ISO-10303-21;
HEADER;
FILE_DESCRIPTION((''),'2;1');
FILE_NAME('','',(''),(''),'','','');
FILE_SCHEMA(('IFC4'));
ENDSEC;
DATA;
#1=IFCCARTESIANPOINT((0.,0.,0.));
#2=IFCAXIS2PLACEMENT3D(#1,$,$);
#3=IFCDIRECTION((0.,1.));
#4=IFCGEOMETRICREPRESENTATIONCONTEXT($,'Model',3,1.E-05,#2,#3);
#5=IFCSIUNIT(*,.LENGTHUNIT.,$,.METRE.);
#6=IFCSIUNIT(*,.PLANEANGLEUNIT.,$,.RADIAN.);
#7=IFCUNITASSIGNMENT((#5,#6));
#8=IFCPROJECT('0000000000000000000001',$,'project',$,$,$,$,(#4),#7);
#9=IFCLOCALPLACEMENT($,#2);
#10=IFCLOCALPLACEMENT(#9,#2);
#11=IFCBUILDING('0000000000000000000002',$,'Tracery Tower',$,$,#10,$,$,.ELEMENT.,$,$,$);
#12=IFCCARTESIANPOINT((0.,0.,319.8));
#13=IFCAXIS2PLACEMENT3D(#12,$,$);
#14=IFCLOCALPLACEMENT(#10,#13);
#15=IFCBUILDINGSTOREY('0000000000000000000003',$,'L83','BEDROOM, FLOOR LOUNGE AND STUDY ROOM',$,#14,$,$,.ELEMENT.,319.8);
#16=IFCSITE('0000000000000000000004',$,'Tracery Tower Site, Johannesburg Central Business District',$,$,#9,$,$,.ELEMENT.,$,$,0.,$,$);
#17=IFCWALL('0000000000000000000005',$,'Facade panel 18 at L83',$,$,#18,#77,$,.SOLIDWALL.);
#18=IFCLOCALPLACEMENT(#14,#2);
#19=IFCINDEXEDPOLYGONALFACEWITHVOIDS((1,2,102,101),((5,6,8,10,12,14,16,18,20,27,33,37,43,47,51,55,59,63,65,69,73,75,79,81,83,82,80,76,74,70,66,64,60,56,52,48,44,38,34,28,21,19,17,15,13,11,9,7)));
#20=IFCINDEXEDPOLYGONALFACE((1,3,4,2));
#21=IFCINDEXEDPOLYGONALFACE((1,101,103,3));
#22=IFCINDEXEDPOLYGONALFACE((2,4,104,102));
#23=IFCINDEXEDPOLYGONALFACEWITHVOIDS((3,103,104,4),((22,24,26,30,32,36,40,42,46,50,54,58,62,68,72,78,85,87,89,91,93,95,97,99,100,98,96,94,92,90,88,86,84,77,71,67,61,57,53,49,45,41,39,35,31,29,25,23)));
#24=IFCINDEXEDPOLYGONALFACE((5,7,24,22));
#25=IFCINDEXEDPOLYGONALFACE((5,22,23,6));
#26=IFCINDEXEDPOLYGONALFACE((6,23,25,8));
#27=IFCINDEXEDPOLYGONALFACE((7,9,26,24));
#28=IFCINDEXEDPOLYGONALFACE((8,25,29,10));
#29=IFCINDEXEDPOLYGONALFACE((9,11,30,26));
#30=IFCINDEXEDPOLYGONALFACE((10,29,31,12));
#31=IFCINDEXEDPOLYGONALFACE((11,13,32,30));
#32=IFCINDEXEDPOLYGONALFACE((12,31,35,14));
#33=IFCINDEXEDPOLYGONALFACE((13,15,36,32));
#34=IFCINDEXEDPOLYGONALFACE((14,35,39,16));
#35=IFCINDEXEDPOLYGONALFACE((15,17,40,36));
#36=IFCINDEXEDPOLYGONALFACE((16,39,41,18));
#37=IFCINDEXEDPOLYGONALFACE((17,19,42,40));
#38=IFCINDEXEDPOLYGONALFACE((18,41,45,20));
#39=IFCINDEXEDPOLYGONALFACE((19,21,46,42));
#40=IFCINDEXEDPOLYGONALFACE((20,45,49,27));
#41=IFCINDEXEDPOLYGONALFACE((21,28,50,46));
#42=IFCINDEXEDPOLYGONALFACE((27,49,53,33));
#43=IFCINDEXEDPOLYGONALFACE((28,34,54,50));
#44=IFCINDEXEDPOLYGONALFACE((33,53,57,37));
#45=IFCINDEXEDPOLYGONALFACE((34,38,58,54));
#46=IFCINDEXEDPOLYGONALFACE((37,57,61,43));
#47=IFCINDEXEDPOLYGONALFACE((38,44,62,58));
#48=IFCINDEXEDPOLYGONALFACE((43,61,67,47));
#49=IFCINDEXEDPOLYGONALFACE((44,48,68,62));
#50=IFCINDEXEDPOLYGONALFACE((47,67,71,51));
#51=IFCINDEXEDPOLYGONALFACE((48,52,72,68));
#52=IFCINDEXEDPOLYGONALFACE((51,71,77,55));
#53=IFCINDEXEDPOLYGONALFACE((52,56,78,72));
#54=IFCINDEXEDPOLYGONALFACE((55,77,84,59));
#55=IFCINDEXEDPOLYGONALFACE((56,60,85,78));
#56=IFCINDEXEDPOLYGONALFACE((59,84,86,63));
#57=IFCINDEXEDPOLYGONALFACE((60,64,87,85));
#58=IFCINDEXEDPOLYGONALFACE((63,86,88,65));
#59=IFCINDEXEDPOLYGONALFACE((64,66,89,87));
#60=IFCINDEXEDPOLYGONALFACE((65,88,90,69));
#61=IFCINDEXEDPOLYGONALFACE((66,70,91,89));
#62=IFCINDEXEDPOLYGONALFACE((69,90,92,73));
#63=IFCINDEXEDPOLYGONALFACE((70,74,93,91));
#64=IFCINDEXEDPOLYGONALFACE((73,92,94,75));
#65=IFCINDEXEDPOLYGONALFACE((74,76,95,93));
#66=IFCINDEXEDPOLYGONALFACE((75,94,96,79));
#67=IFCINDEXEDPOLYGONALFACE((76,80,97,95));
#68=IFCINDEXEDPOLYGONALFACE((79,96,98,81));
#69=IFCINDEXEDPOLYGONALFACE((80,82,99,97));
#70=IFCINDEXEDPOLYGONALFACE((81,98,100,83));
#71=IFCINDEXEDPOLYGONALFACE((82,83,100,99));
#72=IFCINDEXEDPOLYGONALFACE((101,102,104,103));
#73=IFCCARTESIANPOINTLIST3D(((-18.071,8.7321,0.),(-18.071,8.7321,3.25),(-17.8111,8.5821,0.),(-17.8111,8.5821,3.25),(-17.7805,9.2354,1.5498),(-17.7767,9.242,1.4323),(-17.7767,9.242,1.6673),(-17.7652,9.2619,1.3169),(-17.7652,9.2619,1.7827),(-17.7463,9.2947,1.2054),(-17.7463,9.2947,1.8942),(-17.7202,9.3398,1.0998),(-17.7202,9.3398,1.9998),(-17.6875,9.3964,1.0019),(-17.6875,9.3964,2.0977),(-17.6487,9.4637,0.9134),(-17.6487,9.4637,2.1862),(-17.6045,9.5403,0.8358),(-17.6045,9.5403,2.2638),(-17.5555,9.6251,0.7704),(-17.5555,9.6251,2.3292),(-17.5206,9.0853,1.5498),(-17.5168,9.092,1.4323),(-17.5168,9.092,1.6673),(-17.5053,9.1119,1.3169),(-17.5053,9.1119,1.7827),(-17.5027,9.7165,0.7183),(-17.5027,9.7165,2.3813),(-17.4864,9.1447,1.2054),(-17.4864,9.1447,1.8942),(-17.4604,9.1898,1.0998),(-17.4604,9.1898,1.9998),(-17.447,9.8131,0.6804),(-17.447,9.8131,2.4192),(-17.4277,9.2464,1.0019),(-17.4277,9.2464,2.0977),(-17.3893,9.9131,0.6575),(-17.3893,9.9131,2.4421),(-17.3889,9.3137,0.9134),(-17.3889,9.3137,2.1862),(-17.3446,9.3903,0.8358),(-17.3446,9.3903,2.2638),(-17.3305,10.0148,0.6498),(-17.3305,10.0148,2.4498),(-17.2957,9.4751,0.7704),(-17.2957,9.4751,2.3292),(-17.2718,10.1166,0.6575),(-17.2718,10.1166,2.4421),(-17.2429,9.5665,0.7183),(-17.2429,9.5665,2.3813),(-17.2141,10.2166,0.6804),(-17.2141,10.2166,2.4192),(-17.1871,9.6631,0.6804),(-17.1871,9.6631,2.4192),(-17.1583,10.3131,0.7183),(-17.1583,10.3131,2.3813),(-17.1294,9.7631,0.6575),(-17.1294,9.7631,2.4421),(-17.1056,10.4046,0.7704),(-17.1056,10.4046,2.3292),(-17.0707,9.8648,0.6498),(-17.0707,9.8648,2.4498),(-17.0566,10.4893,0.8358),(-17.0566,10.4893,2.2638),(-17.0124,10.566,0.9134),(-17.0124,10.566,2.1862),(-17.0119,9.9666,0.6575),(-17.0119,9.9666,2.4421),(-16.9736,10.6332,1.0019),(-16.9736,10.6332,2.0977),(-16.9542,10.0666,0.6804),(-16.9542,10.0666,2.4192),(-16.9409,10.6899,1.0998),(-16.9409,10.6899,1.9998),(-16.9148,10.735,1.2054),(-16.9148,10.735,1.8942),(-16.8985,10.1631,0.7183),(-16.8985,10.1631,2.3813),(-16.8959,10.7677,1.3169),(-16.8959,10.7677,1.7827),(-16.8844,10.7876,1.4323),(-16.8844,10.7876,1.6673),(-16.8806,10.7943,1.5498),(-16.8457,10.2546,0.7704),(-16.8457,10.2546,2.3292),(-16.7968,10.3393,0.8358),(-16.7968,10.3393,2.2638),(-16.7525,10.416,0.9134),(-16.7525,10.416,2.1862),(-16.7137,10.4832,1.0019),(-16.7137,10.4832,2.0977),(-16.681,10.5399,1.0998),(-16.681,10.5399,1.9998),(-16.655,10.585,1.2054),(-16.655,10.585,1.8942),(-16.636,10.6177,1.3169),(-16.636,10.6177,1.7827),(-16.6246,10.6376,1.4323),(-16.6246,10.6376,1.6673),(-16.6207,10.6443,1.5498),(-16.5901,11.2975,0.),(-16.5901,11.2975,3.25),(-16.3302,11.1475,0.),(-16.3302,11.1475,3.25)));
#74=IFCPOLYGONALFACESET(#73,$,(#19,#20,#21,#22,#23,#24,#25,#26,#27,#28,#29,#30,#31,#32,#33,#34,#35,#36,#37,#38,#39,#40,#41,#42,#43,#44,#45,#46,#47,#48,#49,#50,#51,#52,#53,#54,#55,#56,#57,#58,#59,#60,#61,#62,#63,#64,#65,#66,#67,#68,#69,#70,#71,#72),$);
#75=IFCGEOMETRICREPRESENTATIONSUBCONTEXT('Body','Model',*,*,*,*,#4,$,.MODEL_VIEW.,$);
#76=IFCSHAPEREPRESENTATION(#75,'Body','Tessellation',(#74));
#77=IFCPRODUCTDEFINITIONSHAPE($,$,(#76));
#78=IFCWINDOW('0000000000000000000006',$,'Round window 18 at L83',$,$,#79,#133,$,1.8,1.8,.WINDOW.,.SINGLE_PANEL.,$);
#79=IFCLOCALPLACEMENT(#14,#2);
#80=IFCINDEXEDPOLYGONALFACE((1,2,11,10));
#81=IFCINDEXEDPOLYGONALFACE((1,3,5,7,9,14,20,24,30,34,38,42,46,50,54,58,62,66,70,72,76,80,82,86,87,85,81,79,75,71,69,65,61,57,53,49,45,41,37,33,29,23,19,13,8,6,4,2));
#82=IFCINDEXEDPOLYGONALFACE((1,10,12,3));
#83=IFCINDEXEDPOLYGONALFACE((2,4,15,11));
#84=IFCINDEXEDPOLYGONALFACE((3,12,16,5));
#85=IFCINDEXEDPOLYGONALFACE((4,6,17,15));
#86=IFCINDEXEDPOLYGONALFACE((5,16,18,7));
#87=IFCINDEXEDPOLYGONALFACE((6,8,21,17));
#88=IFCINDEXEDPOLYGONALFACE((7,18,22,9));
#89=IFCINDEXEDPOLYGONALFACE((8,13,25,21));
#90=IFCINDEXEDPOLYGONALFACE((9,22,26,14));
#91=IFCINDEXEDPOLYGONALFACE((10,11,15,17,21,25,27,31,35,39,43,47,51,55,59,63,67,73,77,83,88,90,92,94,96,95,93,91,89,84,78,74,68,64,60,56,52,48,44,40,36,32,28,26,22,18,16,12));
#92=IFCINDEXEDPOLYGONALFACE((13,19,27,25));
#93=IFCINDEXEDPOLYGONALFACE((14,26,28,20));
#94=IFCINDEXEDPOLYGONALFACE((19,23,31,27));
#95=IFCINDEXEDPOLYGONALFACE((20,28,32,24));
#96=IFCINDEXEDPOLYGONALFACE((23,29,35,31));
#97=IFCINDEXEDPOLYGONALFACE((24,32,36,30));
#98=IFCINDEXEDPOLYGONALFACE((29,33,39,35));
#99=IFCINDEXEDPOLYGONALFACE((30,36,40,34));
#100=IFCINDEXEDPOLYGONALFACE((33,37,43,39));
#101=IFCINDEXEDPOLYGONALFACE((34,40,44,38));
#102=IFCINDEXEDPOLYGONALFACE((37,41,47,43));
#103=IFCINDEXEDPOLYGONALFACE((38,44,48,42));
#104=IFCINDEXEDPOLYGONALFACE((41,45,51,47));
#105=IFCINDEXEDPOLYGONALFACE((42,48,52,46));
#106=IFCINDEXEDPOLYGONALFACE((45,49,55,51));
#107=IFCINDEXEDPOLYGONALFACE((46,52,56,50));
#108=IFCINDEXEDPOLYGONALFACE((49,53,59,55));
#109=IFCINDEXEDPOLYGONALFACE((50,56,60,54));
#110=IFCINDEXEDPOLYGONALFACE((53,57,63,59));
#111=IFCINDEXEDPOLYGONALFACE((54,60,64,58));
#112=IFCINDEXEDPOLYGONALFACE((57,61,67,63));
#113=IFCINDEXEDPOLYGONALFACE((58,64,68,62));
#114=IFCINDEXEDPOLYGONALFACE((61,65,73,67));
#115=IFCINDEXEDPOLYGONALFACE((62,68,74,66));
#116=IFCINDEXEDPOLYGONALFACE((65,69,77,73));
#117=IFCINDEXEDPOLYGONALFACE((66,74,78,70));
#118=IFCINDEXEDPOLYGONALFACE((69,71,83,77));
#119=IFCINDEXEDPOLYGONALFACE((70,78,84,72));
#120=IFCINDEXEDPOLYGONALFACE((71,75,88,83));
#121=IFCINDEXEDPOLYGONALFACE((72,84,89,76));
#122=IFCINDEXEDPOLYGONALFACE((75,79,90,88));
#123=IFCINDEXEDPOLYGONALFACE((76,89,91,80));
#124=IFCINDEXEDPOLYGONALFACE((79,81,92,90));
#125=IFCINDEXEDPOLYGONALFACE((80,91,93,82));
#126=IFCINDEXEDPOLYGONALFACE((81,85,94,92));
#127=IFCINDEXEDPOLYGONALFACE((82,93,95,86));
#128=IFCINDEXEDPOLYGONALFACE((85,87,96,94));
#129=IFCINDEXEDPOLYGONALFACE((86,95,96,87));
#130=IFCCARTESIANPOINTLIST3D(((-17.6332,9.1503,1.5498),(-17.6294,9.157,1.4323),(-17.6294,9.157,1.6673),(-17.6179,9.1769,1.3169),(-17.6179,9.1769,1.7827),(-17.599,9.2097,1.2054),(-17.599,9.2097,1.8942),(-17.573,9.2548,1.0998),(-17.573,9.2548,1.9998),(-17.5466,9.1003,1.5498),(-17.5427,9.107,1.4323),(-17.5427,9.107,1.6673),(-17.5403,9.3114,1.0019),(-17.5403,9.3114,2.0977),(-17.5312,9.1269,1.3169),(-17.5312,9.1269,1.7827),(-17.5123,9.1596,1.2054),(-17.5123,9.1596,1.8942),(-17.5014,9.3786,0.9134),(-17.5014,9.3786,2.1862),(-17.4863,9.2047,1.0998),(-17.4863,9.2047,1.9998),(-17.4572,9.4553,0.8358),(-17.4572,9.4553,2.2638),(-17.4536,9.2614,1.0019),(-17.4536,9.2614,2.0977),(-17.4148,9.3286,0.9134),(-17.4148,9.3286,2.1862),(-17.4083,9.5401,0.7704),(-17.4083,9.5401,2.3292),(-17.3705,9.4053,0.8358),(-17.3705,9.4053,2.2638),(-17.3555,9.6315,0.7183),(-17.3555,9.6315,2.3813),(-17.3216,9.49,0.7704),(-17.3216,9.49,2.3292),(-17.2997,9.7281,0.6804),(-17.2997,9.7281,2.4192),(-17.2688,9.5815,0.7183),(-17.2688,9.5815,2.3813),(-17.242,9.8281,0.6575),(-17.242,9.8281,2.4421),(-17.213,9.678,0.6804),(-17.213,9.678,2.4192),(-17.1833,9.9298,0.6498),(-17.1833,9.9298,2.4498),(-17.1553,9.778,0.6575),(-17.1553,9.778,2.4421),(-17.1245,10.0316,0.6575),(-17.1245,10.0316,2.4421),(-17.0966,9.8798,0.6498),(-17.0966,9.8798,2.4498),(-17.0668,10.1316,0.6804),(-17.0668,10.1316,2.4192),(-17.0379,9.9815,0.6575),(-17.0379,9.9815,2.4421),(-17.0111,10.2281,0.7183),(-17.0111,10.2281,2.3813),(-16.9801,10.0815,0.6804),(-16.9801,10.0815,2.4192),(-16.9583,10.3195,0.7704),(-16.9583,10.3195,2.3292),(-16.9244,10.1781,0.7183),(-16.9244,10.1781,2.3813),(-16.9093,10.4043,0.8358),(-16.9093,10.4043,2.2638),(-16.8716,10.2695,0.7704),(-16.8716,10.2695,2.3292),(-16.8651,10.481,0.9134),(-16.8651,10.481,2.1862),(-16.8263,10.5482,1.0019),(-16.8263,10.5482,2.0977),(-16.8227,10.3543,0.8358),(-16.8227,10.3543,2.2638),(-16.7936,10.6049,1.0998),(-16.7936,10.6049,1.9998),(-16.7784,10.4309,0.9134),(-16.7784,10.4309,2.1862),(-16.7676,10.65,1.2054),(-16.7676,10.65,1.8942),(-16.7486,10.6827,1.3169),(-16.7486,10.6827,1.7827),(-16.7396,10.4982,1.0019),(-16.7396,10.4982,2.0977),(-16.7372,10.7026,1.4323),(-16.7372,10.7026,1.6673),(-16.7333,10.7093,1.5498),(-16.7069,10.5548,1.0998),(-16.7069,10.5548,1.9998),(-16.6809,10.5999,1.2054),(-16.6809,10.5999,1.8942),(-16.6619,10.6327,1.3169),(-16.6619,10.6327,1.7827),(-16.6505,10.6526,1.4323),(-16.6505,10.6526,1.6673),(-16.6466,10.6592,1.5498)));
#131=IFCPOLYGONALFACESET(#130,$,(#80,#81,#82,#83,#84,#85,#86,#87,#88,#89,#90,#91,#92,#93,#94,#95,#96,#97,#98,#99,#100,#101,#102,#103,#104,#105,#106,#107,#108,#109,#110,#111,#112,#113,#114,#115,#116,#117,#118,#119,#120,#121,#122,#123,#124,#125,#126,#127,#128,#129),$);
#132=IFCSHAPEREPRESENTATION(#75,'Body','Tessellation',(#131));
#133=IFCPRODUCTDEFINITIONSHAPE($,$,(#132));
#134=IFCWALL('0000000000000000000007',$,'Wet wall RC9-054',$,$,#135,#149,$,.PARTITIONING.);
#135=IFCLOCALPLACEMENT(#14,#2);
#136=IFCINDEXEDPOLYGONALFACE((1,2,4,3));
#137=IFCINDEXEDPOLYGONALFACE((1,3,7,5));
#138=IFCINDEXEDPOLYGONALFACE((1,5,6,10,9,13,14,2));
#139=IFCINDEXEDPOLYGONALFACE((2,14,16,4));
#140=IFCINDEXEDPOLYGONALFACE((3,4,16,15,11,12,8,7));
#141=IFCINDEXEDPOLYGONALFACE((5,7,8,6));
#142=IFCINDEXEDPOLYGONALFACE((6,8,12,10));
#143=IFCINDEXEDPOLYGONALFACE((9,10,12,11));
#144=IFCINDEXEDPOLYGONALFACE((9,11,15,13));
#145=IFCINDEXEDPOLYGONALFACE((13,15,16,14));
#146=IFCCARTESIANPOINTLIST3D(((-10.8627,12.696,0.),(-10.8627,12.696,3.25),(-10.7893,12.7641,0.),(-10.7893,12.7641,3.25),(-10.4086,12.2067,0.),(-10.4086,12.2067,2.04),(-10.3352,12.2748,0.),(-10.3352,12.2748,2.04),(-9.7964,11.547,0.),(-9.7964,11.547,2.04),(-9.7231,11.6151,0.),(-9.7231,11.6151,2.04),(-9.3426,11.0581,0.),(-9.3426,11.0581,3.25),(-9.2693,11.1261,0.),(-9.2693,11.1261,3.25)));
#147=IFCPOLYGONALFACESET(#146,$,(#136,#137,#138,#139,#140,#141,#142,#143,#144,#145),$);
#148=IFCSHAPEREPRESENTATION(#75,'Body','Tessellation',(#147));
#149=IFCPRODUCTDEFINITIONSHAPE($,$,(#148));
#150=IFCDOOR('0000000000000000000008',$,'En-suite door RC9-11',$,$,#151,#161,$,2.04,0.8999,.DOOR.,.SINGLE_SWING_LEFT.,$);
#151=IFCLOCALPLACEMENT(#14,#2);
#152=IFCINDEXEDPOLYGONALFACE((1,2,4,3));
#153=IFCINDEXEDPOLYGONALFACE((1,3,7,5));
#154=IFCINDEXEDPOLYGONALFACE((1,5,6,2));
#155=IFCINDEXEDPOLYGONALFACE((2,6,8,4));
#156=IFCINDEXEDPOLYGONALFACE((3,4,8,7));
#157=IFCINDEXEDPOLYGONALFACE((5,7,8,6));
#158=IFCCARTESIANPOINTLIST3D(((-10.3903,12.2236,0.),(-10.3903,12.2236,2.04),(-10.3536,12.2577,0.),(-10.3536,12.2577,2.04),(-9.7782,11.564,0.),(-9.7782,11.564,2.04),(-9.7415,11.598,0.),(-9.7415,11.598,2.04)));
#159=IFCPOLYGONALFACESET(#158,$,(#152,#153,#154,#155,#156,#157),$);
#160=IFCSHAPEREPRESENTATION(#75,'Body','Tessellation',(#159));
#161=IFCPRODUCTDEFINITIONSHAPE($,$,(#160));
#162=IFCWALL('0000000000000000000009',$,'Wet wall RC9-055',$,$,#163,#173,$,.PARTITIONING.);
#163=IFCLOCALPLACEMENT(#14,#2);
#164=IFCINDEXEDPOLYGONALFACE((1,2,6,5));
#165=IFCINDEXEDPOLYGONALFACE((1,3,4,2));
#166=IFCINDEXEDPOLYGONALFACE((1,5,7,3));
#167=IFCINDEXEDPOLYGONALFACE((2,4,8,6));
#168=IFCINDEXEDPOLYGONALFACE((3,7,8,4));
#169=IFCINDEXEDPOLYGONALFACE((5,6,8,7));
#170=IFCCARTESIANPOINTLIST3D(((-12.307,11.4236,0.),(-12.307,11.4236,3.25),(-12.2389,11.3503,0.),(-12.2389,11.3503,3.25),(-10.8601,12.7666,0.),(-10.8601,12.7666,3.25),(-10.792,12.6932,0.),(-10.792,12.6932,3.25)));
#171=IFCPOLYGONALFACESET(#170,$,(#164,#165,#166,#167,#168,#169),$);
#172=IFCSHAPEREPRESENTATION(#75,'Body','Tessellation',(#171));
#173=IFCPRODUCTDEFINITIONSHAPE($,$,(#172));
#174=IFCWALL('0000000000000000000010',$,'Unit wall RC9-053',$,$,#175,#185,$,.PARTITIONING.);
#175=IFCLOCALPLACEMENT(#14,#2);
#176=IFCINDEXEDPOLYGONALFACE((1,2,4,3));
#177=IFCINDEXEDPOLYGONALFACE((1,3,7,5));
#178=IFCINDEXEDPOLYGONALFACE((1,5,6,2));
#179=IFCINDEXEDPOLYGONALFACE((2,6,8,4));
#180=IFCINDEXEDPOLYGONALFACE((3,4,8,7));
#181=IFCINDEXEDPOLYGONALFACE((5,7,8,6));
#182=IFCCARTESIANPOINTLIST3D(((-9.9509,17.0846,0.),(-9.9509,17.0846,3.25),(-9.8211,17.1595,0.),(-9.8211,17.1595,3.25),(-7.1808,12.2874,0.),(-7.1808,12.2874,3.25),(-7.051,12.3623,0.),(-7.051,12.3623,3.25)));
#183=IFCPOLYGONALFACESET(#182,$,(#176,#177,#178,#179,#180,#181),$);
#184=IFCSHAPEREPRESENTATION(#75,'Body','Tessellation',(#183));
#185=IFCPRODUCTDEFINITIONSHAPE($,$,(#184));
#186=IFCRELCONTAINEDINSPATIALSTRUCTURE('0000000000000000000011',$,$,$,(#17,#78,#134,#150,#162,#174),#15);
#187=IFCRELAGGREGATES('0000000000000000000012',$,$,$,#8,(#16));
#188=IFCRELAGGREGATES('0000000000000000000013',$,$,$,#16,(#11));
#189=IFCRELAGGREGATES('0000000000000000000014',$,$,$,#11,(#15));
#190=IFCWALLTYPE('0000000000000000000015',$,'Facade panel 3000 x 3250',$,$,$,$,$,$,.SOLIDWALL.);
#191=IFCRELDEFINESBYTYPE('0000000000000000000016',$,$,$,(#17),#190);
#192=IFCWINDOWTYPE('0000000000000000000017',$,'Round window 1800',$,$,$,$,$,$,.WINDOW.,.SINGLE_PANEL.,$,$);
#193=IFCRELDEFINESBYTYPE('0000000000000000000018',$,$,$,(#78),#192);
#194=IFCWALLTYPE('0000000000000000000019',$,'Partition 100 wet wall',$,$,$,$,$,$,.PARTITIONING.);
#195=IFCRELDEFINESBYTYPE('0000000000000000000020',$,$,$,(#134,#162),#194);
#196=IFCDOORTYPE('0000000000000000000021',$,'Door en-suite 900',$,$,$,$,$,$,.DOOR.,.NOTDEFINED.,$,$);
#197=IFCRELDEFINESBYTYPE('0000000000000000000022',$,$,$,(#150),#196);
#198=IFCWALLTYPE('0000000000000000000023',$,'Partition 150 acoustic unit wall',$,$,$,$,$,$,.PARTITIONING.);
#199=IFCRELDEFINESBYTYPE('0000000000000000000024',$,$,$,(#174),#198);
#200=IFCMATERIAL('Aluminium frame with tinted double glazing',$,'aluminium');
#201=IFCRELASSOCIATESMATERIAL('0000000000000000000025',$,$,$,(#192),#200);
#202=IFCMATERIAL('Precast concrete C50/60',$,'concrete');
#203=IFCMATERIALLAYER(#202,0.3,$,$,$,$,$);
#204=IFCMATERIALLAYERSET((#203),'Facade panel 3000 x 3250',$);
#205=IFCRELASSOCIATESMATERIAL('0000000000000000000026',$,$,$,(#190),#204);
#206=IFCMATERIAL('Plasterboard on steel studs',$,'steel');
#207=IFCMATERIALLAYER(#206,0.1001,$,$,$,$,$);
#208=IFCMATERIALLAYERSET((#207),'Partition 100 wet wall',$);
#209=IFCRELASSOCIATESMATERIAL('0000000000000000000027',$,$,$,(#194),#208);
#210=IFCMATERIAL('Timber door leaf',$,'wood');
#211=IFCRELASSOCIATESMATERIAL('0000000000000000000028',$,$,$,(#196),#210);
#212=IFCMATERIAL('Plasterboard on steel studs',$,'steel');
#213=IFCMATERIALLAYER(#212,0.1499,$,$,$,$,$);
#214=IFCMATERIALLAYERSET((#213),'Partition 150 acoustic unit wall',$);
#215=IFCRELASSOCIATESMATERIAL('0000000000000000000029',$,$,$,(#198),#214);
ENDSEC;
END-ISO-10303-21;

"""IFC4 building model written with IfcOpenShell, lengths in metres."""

from ifc_helpers import new_model, si_unit, direction, frame, frame_2d, origin, origin_2d, place, context, subcontext, project, spatial, rectangle, circle, extrude, material, layer, layer_set, type_object, element, fill, save


model = new_model("IFC4")

# Units and contexts
model_context = context("Model", 3, precision=1e-05, world=origin(), true_north=direction((0.0, 1.0)))
body_context = subcontext(model_context, "Body", "Model", "MODEL_VIEW")
ifc_project = project(units=[si_unit("LENGTHUNIT", "METRE"), si_unit("PLANEANGLEUNIT", "RADIAN")], contexts=[model_context])

# Site, building, storey
site_placement = place(None, origin())
site = spatial("IfcSite", under=ifc_project, at=site_placement, Name="Tracery Tower Site, Johannesburg Central Business District", CompositionType="ELEMENT", RefElevation=0.0)
building_placement = place(site_placement, origin())
building = spatial("IfcBuilding", under=site, at=building_placement, Name="Tracery Tower", CompositionType="ELEMENT")
storey_placement = place(building_placement, frame((0.0, 0.0, 319.8)))
storey = spatial("IfcBuildingStorey", under=building, at=storey_placement, Name="L83", Description="BEDROOM, FLOOR LOUNGE AND STUDY ROOM", CompositionType="ELEMENT", Elevation=319.8)

# Wall, opening, window
ifc_material_1 = material(Name="Aluminium frame with tinted double glazing", Category="aluminium")
window_type = type_object("IfcWindowType", Name="Round window 1800", PartitioningType="SINGLE_PANEL", PredefinedType="WINDOW", material=ifc_material_1)
ifc_material_2 = material(Name="Precast concrete C50/60", Category="concrete")
ifc_layer_1 = layer(ifc_material_2, 0.3)
ifc_layer_set_1 = layer_set([ifc_layer_1], Name="Facade panel 3000 x 3250")
wall_type_1 = type_object("IfcWallType", Name="Facade panel 3000 x 3250", PredefinedType="SOLIDWALL", material=ifc_layer_set_1)
wall_1_placement = place(storey_placement, frame((-16.4602, 11.2224, 0.0), z_axis=(0.0, 0.0, 1.0), x_axis=(-0.499951, -0.866054, 0.0)))
wall_1 = element("IfcWall", 1, at=wall_1_placement, inside=storey, type_object=wall_type_1, Name="Facade panel 18 at L83", PredefinedType="SOLIDWALL", context=body_context, shape_type="SweptSolid", body=[
    extrude(rectangle(XDim=2.9622, YDim=0.3, at=frame_2d((1.481, 0.0))), origin(), (0.0, 0.0, 1.0), 3.25),
])
opening_1_placement = place(wall_1_placement, frame((1.481, 0.0, 1.5498)))
opening_1 = element("IfcOpeningElement", 2, at=opening_1_placement, cuts=wall_1, PredefinedType="OPENING", context=body_context, shape_type="SweptSolid", body=[
    extrude(circle(Radius=0.9, at=origin_2d()), frame((0.0, 0.1599, 0.0), z_axis=(0.0, -1.0, 0.0), x_axis=(1.0, 0.0, 0.0)), (0.0, 0.0, 1.0), 0.3201),
])
window_1_placement = place(opening_1_placement, origin())
window_1 = element("IfcWindow", 3, at=window_1_placement, inside=storey, type_object=window_type, Name="Round window 18 at L83", OverallHeight=1.8, OverallWidth=1.8, PartitioningType="SINGLE_PANEL", PredefinedType="WINDOW", context=body_context, shape_type="SweptSolid", body=[
    extrude(circle(Radius=0.9, at=origin_2d()), frame((0.0, 0.1201, 0.0), z_axis=(0.0, -1.0, 0.0), x_axis=(1.0, 0.0, 0.0)), (0.0, 0.0, 1.0), 0.1001),
])
fill(opening_1, window_1)

# Wall, opening, door
ifc_material_3 = material(Name="Plasterboard on steel studs", Category="steel")
ifc_layer_2 = layer(ifc_material_3, 0.1001)
ifc_layer_set_2 = layer_set([ifc_layer_2], Name="Partition 100 wet wall")
wall_type_2 = type_object("IfcWallType", Name="Partition 100 wet wall", PredefinedType="PARTITIONING", material=ifc_layer_set_2)
wall_2_placement = place(storey_placement, frame((-10.8259, 12.73, 0.0), z_axis=(0.0, 0.0, 1.0), x_axis=(0.680229, -0.733, 0.0)))
wall_2 = element("IfcWall", 4, at=wall_2_placement, inside=storey, type_object=wall_type_2, Name="Wet wall RC9-054", PredefinedType="PARTITIONING", context=body_context, shape_type="SweptSolid", body=[
    extrude(rectangle(XDim=2.2346, YDim=0.1001, at=frame_2d((1.1172, 0.0))), origin(), (0.0, 0.0, 1.0), 3.25),
])
opening_2_placement = place(wall_2_placement, frame((0.6675, 0.0, 0.0)))
opening_2 = element("IfcOpeningElement", 5, at=opening_2_placement, cuts=wall_2, PredefinedType="OPENING", context=body_context, shape_type="SweptSolid", body=[
    extrude(rectangle(XDim=0.8999, YDim=2.04, at=frame_2d((0.45, 1.02))), frame((0.0, 0.05, 0.0), z_axis=(0.0, -1.0, 0.0), x_axis=(1.0, 0.0, 0.0)), (0.0, 0.0, 1.0), 0.1001),
])
ifc_material_4 = material(Name="Timber door leaf", Category="wood")
door_type = type_object("IfcDoorType", Name="Door en-suite 900", OperationType="NOTDEFINED", PredefinedType="DOOR", material=ifc_material_4)
door_placement = place(opening_2_placement, origin())
door = element("IfcDoor", 6, at=door_placement, inside=storey, type_object=door_type, Name="En-suite door RC9-11", OperationType="SINGLE_SWING_LEFT", OverallHeight=2.04, OverallWidth=0.8999, PredefinedType="DOOR", context=body_context, shape_type="SweptSolid", body=[
    extrude(rectangle(XDim=0.8999, YDim=2.04, at=frame_2d((0.45, 1.02))), frame((0.0, 0.0249, 0.0), z_axis=(0.0, -1.0, 0.0), x_axis=(1.0, 0.0, 0.0)), (0.0, 0.0, 1.0), 0.05),
])
fill(opening_2, door)

# Walls
wall_3_placement = place(storey_placement, frame((-12.2729, 11.387, 0.0), z_axis=(0.0, 0.0, 1.0), x_axis=(0.732956, 0.680276, 0.0)))
element("IfcWall", 7, at=wall_3_placement, inside=storey, type_object=wall_type_2, Name="Wet wall RC9-055", PredefinedType="PARTITIONING", context=body_context, shape_type="SweptSolid", body=[
    extrude(rectangle(XDim=1.9741, YDim=0.1001, at=frame_2d((0.9871, 0.0))), origin(), (0.0, 0.0, 1.0), 3.25),
])
ifc_material_5 = material(Name="Plasterboard on steel studs", Category="steel")
ifc_layer_3 = layer(ifc_material_5, 0.1499)
ifc_layer_set_3 = layer_set([ifc_layer_3], Name="Partition 150 acoustic unit wall")
wall_type_3 = type_object("IfcWallType", Name="Partition 150 acoustic unit wall", PredefinedType="PARTITIONING", material=ifc_layer_set_3)
wall_4_placement = place(storey_placement, frame((-9.886, 17.1221, 0.0), z_axis=(0.0, 0.0, 1.0), x_axis=(0.500054, -0.865994, 0.0)))
element("IfcWall", 8, at=wall_4_placement, inside=storey, type_object=wall_type_3, Name="Unit wall RC9-053", PredefinedType="PARTITIONING", context=body_context, shape_type="SweptSolid", body=[
    extrude(rectangle(XDim=5.5396, YDim=0.1499, at=frame_2d((2.7698, 0.0))), origin(), (0.0, 0.0, 1.0), 3.25),
])

save(model, "model.ifc")
